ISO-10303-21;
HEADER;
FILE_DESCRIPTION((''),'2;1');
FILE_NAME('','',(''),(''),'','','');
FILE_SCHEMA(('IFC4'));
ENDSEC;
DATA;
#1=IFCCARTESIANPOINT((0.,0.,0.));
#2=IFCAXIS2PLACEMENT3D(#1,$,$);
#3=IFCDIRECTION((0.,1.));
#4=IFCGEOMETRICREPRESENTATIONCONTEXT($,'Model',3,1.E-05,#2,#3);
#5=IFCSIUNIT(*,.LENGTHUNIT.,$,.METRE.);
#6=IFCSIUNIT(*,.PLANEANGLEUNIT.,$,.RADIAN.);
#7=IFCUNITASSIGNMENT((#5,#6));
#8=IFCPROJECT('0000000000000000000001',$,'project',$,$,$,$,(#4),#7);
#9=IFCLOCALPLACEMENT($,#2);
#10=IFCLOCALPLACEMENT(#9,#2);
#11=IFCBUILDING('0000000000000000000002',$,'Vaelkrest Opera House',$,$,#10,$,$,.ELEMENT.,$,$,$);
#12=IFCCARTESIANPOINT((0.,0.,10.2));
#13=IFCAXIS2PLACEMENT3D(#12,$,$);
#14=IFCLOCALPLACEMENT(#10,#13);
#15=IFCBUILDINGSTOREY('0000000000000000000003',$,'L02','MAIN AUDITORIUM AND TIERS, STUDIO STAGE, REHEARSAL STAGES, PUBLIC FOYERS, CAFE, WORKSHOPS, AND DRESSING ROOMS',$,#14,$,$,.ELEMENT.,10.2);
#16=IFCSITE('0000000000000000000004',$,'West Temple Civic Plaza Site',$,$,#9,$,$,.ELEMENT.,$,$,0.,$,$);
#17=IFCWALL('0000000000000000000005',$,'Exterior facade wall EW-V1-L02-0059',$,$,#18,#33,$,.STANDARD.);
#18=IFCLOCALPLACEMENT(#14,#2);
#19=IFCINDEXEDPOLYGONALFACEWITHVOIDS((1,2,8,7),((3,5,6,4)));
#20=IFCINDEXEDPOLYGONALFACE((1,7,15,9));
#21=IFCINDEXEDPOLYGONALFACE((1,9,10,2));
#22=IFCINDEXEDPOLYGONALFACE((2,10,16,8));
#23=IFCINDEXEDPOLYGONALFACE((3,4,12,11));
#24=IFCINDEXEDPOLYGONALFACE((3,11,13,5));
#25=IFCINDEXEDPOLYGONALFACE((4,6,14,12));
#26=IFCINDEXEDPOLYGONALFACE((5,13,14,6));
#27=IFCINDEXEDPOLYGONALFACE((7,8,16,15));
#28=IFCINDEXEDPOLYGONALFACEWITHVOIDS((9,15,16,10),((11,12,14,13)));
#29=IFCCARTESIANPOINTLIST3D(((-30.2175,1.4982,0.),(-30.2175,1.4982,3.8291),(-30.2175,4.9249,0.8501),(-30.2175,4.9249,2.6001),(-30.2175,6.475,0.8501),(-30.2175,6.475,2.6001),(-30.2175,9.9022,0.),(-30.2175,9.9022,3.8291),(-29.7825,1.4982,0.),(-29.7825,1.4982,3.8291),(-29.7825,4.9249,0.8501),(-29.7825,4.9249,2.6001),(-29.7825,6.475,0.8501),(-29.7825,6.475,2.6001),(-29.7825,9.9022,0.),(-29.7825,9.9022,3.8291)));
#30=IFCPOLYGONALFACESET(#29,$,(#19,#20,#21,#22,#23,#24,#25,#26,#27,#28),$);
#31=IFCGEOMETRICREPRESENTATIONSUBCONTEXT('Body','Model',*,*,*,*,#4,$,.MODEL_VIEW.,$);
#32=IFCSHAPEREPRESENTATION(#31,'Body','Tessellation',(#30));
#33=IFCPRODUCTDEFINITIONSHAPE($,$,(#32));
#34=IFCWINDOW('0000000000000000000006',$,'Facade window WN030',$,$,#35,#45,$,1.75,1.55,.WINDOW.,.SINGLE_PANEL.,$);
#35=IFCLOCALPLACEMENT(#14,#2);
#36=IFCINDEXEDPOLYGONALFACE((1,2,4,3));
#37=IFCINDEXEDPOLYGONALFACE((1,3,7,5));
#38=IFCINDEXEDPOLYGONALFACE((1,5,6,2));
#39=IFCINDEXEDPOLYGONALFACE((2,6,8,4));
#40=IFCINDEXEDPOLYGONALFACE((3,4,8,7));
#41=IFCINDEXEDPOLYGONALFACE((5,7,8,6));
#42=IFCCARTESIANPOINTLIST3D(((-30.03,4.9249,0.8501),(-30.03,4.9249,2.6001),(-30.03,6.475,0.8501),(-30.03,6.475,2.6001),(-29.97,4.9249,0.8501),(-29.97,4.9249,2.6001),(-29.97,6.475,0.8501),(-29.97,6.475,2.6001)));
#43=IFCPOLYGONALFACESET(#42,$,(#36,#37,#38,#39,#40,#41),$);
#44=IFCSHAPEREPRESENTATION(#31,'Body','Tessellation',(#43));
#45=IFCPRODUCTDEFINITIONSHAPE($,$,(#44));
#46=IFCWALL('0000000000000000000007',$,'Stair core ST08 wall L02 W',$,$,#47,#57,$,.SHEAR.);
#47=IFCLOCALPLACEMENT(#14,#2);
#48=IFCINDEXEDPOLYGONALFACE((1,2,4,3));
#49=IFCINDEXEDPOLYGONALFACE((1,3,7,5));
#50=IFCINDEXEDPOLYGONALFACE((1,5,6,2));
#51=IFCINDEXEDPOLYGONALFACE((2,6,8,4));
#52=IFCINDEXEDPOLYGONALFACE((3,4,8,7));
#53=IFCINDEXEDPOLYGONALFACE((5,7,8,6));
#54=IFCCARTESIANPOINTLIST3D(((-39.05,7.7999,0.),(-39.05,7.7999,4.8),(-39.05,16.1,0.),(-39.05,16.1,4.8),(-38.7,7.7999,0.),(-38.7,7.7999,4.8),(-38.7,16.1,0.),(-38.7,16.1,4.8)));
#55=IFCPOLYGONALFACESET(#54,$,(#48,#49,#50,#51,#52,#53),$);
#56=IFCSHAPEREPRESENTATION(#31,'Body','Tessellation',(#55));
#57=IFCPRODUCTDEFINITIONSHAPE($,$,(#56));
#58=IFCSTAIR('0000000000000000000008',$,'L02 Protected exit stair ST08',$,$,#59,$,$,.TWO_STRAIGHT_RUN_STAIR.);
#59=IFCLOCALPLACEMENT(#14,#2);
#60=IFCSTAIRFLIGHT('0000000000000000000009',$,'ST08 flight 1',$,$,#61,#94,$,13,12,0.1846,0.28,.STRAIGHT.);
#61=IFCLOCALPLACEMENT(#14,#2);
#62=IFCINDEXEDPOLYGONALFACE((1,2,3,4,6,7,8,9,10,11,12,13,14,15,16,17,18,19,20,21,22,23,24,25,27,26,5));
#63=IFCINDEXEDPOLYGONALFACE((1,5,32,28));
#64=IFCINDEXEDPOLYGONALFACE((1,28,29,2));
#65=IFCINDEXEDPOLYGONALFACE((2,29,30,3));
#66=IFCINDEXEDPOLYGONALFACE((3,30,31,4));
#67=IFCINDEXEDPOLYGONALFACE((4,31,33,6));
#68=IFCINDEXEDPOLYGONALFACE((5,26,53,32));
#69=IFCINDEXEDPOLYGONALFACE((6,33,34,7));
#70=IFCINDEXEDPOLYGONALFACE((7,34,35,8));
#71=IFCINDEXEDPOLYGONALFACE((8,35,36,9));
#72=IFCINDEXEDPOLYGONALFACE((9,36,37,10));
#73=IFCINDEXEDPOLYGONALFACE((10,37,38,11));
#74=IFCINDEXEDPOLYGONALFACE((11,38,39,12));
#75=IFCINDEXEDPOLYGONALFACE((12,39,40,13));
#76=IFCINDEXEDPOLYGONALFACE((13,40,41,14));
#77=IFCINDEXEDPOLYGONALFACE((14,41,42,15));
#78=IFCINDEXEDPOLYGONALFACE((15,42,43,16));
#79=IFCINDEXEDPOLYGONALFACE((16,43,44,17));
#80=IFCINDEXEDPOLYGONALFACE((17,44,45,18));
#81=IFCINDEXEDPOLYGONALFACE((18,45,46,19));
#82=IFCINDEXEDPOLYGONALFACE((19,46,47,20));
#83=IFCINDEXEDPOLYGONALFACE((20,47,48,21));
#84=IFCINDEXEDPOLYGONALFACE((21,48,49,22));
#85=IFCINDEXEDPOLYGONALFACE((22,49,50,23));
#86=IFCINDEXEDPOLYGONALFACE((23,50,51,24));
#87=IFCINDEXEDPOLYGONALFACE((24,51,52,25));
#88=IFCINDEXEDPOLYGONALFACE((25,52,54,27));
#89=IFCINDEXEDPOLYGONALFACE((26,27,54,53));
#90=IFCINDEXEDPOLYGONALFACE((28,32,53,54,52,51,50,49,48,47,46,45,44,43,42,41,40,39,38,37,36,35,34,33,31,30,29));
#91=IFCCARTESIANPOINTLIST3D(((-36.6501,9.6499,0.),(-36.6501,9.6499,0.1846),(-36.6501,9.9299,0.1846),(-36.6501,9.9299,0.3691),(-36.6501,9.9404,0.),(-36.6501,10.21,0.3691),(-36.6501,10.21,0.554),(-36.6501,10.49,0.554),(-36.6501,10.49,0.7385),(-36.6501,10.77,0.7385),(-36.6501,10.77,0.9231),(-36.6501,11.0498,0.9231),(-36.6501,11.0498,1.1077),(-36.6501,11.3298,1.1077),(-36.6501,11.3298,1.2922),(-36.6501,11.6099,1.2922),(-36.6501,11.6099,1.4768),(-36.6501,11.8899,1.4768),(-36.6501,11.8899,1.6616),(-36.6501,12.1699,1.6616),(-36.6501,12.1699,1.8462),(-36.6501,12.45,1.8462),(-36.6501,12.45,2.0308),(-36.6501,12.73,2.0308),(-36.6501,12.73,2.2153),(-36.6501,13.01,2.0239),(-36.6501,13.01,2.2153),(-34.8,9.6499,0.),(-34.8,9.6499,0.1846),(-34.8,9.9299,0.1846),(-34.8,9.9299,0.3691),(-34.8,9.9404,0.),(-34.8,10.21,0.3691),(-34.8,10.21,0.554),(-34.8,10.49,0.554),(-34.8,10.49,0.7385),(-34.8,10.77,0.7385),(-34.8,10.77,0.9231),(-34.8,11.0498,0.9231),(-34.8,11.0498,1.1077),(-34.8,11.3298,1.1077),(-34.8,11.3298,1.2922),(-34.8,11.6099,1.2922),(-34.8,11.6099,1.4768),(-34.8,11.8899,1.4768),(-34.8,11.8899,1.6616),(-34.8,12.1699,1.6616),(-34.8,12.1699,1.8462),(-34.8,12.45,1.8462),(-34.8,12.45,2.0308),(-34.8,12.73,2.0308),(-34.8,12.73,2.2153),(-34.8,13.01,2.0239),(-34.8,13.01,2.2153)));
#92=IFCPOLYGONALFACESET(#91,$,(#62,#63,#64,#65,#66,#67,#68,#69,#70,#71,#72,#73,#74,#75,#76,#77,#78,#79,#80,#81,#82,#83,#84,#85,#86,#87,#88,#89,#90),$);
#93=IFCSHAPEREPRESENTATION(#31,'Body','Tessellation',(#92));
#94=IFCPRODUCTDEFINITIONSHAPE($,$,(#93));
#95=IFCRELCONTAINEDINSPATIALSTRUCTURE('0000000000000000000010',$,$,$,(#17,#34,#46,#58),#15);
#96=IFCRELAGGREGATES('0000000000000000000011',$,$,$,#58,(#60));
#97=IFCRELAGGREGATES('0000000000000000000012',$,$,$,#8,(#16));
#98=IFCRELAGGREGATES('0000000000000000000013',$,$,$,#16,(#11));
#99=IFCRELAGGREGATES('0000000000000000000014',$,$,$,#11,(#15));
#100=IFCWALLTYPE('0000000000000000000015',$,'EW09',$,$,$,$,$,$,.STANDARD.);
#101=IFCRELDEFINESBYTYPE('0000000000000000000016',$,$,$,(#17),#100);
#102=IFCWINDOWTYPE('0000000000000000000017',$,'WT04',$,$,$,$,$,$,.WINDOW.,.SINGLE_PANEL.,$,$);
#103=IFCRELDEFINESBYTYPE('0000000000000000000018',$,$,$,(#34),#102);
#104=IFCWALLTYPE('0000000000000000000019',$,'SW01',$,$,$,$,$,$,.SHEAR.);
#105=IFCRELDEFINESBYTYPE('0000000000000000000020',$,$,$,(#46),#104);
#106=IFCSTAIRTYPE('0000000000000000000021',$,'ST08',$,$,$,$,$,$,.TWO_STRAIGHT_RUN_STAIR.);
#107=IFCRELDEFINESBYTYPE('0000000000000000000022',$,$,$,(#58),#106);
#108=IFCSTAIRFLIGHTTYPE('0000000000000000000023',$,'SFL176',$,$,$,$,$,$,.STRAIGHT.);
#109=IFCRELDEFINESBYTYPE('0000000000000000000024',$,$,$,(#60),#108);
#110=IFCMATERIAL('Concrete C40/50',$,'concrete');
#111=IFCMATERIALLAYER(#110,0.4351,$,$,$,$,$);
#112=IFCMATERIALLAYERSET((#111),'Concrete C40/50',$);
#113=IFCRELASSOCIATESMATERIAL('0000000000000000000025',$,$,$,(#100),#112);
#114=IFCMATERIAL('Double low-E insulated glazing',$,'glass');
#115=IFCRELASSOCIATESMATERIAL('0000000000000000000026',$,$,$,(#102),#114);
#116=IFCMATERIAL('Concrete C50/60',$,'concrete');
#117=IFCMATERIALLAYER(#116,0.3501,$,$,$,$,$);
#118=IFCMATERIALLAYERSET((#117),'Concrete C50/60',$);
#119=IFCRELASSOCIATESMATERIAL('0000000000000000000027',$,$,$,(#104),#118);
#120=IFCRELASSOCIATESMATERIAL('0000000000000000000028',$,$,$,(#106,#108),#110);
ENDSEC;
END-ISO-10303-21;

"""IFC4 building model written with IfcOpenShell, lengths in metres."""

from ifc_helpers import new_model, si_unit, direction, frame, frame_2d, origin, place, context, subcontext, project, spatial, polyline, rectangle, outline, extrude, material, layer, layer_set, type_object, element, fill, aggregate, save


model = new_model("IFC4")

# Units and contexts
model_context = context("Model", 3, precision=1e-05, world=origin(), true_north=direction((0.0, 1.0)))
body_context = subcontext(model_context, "Body", "Model", "MODEL_VIEW")
ifc_project = project(units=[si_unit("LENGTHUNIT", "METRE"), si_unit("PLANEANGLEUNIT", "RADIAN")], contexts=[model_context])

# Site, building, storey
site_placement = place(None, origin())
site = spatial("IfcSite", under=ifc_project, at=site_placement, Name="West Temple Civic Plaza Site", CompositionType="ELEMENT", RefElevation=0.0)
building_placement = place(site_placement, origin())
building = spatial("IfcBuilding", under=site, at=building_placement, Name="Vaelkrest Opera House", CompositionType="ELEMENT")
storey_placement = place(building_placement, frame((0.0, 0.0, 10.2)))
storey = spatial("IfcBuildingStorey", under=building, at=storey_placement, Name="L02", Description="MAIN AUDITORIUM AND TIERS, STUDIO STAGE, REHEARSAL STAGES, PUBLIC FOYERS, CAFE, WORKSHOPS, AND DRESSING ROOMS", CompositionType="ELEMENT", Elevation=10.2)

# Shared definitions
ifc_material_1 = material(Name="Concrete C50/60", Category="concrete")

# Wall, opening, window
ifc_material_2 = material(Name="Double low-E insulated glazing", Category="glass")
ifc_material_3 = material(Name="Concrete C40/50", Category="concrete")
ifc_layer_1 = layer(ifc_material_3, 0.4351)
ifc_layer_set_1 = layer_set([ifc_layer_1], Name="Concrete C40/50")
wall_type_1 = type_object("IfcWallType", Name="EW09", PredefinedType="STANDARD", material=ifc_layer_set_1)
wall_1_placement = place(storey_placement, frame((-30.0, 1.498, 0.0), z_axis=(0.0, 0.0, 1.0), x_axis=(0.0, 1.0, 0.0)))
wall_1 = element("IfcWall", 1, at=wall_1_placement, inside=storey, type_object=wall_type_1, Name="Exterior facade wall EW-V1-L02-0059", PredefinedType="STANDARD", context=body_context, shape_type="SweptSolid", body=[
    extrude(rectangle(XDim=8.4041, YDim=0.4351, at=frame_2d((4.2021, 0.0))), origin(), (0.0, 0.0, 1.0), 3.8291),
])
opening_1_placement = place(wall_1_placement, frame((3.427, 0.0, 0.8501)))
opening_1 = element("IfcOpeningElement", 2, at=opening_1_placement, cuts=wall_1, PredefinedType="OPENING", context=body_context, shape_type="SweptSolid", body=[
    extrude(rectangle(XDim=1.55, YDim=1.75, at=frame_2d((0.7749, 0.875))), frame((0.0, 0.2275, 0.0), z_axis=(0.0, -1.0, 0.0), x_axis=(1.0, 0.0, 0.0)), (0.0, 0.0, 1.0), 0.4551),
])
window_type_1 = type_object("IfcWindowType", Name="WT04", PartitioningType="SINGLE_PANEL", PredefinedType="WINDOW", material=ifc_material_2)
window_1_placement = place(opening_1_placement, origin())
window_1 = element("IfcWindow", 3, at=window_1_placement, inside=storey, type_object=window_type_1, Name="Facade window WN030", OverallHeight=1.75, OverallWidth=1.55, PartitioningType="SINGLE_PANEL", PredefinedType="WINDOW", context=body_context, shape_type="SweptSolid", body=[
    extrude(rectangle(XDim=1.55, YDim=1.75, at=frame_2d((0.7749, 0.875))), frame((0.0, 0.03, 0.0), z_axis=(0.0, -1.0, 0.0), x_axis=(1.0, 0.0, 0.0)), (0.0, 0.0, 1.0), 0.0601),
])
fill(opening_1, window_1)

# Shared definitions
ifc_layer_2 = layer(ifc_material_1, 0.3501)
ifc_layer_set_2 = layer_set([ifc_layer_2], Name="Concrete C50/60")
wall_type_2 = type_object("IfcWallType", Name="SW01", PredefinedType="SHEAR", material=ifc_layer_set_2)

# Wall
wall_2_placement = place(storey_placement, frame((-38.875, 7.8, 0.0), z_axis=(0.0, 0.0, 1.0), x_axis=(0.0, 1.0, 0.0)))
element("IfcWall", 4, at=wall_2_placement, inside=storey, type_object=wall_type_2, Name="Stair core ST08 wall L02 W", PredefinedType="SHEAR", context=body_context, shape_type="SweptSolid", body=[
    extrude(rectangle(XDim=8.3, YDim=0.3501, at=frame_2d((4.1499, 0.0))), origin(), (0.0, 0.0, 1.0), 4.8),
])

# Stair, stair flight
stair_type = type_object("IfcStairType", Name="ST08", PredefinedType="TWO_STRAIGHT_RUN_STAIR", material=ifc_material_3)
stair_placement = place(storey_placement, origin())
stair = element("IfcStair", 5, at=stair_placement, inside=storey, type_object=stair_type, Name="L02 Protected exit stair ST08", PredefinedType="TWO_STRAIGHT_RUN_STAIR")
stair_flight_type = type_object("IfcStairFlightType", Name="SFL176", PredefinedType="STRAIGHT", material=ifc_material_3)
stair_flight_placement = place(storey_placement, frame((-35.7251, 9.6499, 0.0), z_axis=(0.0, 0.0, 1.0), x_axis=(0.0, 1.0, 0.0)))
stair_flight = element("IfcStairFlight", 6, at=stair_flight_placement, type_object=stair_flight_type, Name="ST08 flight 1", NumberOfRisers=13, NumberOfTreads=12, PredefinedType="STRAIGHT", RiserHeight=0.1846, TreadLength=0.28, context=body_context, shape_type="SweptSolid", body=[
    extrude(outline(polyline([(0.0, 0.0), (0.0, 0.1846), (0.28, 0.1846), (0.28, 0.3691), (0.5601, 0.3691), (0.5601, 0.554), (0.8401, 0.554), (0.8401, 0.7385), (1.1201, 0.7385), (1.1201, 0.9231), (1.3999, 0.9231), (1.3999, 1.1077), (1.6799, 1.1077), (1.6799, 1.2922), (1.96, 1.2922), (1.96, 1.4768), (2.24, 1.4768), (2.24, 1.6616), (2.52, 1.6616), (2.52, 1.8462), (2.8, 1.8462), (2.8, 2.0308), (3.0801, 2.0308), (3.0801, 2.2153), (3.3601, 2.2153), (3.3601, 2.3999), (3.3601, 2.0239), (0.2905, 0.0), (0.0, 0.0)])), frame((0.0, 0.925, 0.0), z_axis=(0.0, -1.0, 0.0), x_axis=(1.0, 0.0, 0.0)), (0.0, 0.0, 1.0), 1.8501),
])
aggregate(stair, [stair_flight])

save(model, "model.ifc")
